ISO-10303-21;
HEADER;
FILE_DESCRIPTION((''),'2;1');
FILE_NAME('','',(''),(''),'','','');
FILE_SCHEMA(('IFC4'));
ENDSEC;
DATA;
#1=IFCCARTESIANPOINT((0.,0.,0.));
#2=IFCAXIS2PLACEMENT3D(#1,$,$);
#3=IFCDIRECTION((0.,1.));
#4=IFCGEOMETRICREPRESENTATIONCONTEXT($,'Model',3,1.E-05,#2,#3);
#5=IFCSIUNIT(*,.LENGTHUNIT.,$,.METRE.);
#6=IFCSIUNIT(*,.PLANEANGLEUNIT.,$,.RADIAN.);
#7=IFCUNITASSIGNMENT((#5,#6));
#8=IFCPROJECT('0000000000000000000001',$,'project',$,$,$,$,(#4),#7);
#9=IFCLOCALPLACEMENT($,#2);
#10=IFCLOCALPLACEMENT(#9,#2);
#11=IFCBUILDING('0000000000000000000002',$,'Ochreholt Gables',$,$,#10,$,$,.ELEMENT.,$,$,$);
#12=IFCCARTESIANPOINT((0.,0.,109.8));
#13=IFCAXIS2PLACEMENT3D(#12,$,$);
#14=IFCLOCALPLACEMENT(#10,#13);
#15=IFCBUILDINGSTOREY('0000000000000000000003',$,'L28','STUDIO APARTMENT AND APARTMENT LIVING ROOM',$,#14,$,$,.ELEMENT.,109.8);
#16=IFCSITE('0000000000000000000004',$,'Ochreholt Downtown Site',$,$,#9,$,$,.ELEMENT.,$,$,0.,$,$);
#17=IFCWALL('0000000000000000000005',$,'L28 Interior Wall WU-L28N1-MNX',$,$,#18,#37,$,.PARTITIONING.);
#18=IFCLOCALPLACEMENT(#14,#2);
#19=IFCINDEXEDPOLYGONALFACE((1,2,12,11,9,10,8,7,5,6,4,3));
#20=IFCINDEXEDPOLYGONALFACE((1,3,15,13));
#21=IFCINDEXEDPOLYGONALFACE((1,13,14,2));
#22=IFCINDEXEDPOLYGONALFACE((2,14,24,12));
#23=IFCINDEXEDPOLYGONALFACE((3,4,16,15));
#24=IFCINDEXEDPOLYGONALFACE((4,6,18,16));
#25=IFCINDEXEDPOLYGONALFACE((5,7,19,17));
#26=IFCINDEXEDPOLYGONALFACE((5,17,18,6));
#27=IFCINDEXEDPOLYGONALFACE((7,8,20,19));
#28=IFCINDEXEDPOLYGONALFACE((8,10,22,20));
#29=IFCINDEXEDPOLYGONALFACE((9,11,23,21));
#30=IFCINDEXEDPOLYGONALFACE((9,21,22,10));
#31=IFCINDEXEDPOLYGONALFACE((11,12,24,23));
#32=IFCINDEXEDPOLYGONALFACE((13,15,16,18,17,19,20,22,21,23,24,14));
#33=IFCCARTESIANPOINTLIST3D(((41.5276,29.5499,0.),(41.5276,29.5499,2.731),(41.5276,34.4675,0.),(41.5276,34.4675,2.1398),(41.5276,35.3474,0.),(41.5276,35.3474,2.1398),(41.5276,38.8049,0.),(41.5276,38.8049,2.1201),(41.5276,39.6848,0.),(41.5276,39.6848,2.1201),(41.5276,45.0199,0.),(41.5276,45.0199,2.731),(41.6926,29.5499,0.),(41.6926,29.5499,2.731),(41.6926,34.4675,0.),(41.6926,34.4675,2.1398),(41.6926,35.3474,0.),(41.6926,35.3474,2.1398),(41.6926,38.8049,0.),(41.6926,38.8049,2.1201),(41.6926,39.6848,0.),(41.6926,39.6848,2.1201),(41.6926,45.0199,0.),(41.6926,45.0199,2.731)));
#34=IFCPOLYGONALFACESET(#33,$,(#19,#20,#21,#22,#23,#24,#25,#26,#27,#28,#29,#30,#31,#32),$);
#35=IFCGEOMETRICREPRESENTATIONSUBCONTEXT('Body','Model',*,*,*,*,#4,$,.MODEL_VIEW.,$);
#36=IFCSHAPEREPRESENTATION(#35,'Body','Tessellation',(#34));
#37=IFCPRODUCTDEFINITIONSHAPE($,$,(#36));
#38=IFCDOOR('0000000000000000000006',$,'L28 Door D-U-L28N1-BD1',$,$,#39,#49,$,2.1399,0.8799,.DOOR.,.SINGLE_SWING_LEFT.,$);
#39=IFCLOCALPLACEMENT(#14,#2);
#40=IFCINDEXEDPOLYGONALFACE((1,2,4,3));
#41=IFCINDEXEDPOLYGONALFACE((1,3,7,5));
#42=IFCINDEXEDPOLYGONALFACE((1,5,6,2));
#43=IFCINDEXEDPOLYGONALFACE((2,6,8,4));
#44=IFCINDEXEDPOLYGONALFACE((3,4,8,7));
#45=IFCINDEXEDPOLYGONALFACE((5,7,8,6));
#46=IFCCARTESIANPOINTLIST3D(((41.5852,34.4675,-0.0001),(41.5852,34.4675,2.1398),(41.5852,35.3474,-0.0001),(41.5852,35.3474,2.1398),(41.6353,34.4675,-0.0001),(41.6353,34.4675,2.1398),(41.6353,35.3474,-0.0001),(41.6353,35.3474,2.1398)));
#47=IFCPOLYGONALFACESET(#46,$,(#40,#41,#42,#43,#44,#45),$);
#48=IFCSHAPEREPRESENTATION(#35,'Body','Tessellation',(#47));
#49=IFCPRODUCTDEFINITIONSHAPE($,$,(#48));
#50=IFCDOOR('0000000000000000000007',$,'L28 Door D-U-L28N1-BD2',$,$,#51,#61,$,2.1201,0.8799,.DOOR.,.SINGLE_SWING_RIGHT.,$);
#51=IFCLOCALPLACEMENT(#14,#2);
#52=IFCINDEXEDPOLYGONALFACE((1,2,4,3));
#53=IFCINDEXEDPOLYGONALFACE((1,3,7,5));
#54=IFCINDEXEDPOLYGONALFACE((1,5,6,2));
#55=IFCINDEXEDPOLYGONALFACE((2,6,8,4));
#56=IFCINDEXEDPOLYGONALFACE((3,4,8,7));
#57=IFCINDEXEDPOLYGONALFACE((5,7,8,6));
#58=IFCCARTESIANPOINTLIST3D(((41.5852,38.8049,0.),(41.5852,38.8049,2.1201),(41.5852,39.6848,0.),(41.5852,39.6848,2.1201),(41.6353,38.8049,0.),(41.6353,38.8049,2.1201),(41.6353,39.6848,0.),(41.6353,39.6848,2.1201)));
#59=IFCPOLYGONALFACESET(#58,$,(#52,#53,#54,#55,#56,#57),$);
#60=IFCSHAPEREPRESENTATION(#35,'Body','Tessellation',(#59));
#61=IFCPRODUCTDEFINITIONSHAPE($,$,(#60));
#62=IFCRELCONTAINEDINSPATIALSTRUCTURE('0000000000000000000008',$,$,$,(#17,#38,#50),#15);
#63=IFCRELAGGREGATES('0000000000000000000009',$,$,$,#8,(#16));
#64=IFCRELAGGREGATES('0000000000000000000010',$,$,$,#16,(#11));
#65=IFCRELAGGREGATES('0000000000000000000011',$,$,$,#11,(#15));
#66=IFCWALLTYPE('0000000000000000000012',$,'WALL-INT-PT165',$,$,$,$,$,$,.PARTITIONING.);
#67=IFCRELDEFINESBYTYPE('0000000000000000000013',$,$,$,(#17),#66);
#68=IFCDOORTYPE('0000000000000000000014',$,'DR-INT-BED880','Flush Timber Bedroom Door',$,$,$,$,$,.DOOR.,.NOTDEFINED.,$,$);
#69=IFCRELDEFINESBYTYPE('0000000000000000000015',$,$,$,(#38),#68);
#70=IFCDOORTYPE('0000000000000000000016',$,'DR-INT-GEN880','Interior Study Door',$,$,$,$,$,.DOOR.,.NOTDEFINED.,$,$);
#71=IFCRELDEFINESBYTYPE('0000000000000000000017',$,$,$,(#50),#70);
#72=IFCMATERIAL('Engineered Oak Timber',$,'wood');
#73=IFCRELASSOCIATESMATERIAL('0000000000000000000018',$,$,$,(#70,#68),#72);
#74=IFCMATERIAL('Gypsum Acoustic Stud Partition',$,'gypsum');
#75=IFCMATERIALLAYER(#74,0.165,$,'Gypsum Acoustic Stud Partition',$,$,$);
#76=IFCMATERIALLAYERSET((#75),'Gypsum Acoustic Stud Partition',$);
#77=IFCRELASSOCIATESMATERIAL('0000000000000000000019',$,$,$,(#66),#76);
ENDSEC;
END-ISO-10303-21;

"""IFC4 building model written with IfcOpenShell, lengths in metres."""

from ifc_helpers import new_model, si_unit, direction, frame, frame_2d, origin, place, context, subcontext, project, spatial, rectangle, extrude, material, layer, layer_set, type_object, element, fill, save


model = new_model("IFC4")

# Units and contexts
model_context = context("Model", 3, precision=1e-05, world=origin(), true_north=direction((0.0, 1.0)))
body_context = subcontext(model_context, "Body", "Model", "MODEL_VIEW")
ifc_project = project(units=[si_unit("LENGTHUNIT", "METRE"), si_unit("PLANEANGLEUNIT", "RADIAN")], contexts=[model_context])

# Site, building, storey
site_placement = place(None, origin())
site = spatial("IfcSite", under=ifc_project, at=site_placement, Name="Ochreholt Downtown Site", CompositionType="ELEMENT", RefElevation=0.0)
building_placement = place(site_placement, origin())
building = spatial("IfcBuilding", under=site, at=building_placement, Name="Ochreholt Gables", CompositionType="ELEMENT")
storey_placement = place(building_placement, frame((0.0, 0.0, 109.8)))
storey = spatial("IfcBuildingStorey", under=building, at=storey_placement, Name="L28", Description="STUDIO APARTMENT AND APARTMENT LIVING ROOM", CompositionType="ELEMENT", Elevation=109.8)

# Shared definitions
ifc_material_1 = material(Name="Engineered Oak Timber", Category="wood")
door_type_1 = type_object("IfcDoorType", Name="DR-INT-GEN880", Description="Interior Study Door", OperationType="NOTDEFINED", PredefinedType="DOOR", material=ifc_material_1)

# Wall, openings, doors
ifc_material_2 = material(Name="Gypsum Acoustic Stud Partition", Category="gypsum")
ifc_layer_1 = layer(ifc_material_2, 0.165, Name="Gypsum Acoustic Stud Partition")
ifc_layer_set_1 = layer_set([ifc_layer_1], Name="Gypsum Acoustic Stud Partition")
wall_type_1 = type_object("IfcWallType", Name="WALL-INT-PT165", PredefinedType="PARTITIONING", material=ifc_layer_set_1)
wall_1_placement = place(storey_placement, frame((41.6101, 29.55, 0.0), z_axis=(0.0, 0.0, 1.0), x_axis=(0.0, 1.0, 0.0)))
wall_1 = element("IfcWall", 1, at=wall_1_placement, inside=storey, type_object=wall_type_1, Name="L28 Interior Wall WU-L28N1-MNX", PredefinedType="PARTITIONING", context=body_context, shape_type="SweptSolid", body=[
    extrude(rectangle(XDim=15.47, YDim=0.165, at=frame_2d((7.7349, 0.0))), origin(), (0.0, 0.0, 1.0), 2.731),
])
opening_1_placement = place(wall_1_placement, frame((4.9175, 0.0, 0.0)))
opening_1 = element("IfcOpeningElement", 2, at=opening_1_placement, cuts=wall_1, PredefinedType="OPENING", context=body_context, shape_type="SweptSolid", body=[
    extrude(rectangle(XDim=0.8799, YDim=2.1399, at=frame_2d((0.4399, 1.0698))), frame((0.0, 0.0925, 0.0), z_axis=(0.0, -1.0, 0.0), x_axis=(1.0, 0.0, 0.0)), (0.0, 0.0, 1.0), 0.1851),
])
opening_2_placement = place(wall_1_placement, frame((9.2549, 0.0, 0.0)))
opening_2 = element("IfcOpeningElement", 3, at=opening_2_placement, cuts=wall_1, PredefinedType="OPENING", context=body_context, shape_type="SweptSolid", body=[
    extrude(rectangle(XDim=0.8799, YDim=2.1201, at=frame_2d((0.4399, 1.0601))), frame((0.0, 0.0925, 0.0), z_axis=(0.0, -1.0, 0.0), x_axis=(1.0, 0.0, 0.0)), (0.0, 0.0, 1.0), 0.1851),
])
door_type_2 = type_object("IfcDoorType", Name="DR-INT-BED880", Description="Flush Timber Bedroom Door", OperationType="NOTDEFINED", PredefinedType="DOOR", material=ifc_material_1)
door_1_placement = place(opening_1_placement, origin())
door_1 = element("IfcDoor", 4, at=door_1_placement, inside=storey, type_object=door_type_2, Name="L28 Door D-U-L28N1-BD1", OperationType="SINGLE_SWING_LEFT", OverallHeight=2.1399, OverallWidth=0.8799, PredefinedType="DOOR", context=body_context, shape_type="SweptSolid", body=[
    extrude(rectangle(XDim=0.8799, YDim=2.1399, at=frame_2d((0.4399, 1.0698))), frame((0.0, 0.0249, 0.0), z_axis=(0.0, -1.0, 0.0), x_axis=(1.0, 0.0, 0.0)), (0.0, 0.0, 1.0), 0.05),
])
fill(opening_1, door_1)
door_2_placement = place(opening_2_placement, origin())
door_2 = element("IfcDoor", 5, at=door_2_placement, inside=storey, type_object=door_type_1, Name="L28 Door D-U-L28N1-BD2", OperationType="SINGLE_SWING_RIGHT", OverallHeight=2.1201, OverallWidth=0.8799, PredefinedType="DOOR", context=body_context, shape_type="SweptSolid", body=[
    extrude(rectangle(XDim=0.8799, YDim=2.1201, at=frame_2d((0.4399, 1.0601))), frame((0.0, 0.0249, 0.0), z_axis=(0.0, -1.0, 0.0), x_axis=(1.0, 0.0, 0.0)), (0.0, 0.0, 1.0), 0.05),
])
fill(opening_2, door_2)

save(model, "model.ifc")
